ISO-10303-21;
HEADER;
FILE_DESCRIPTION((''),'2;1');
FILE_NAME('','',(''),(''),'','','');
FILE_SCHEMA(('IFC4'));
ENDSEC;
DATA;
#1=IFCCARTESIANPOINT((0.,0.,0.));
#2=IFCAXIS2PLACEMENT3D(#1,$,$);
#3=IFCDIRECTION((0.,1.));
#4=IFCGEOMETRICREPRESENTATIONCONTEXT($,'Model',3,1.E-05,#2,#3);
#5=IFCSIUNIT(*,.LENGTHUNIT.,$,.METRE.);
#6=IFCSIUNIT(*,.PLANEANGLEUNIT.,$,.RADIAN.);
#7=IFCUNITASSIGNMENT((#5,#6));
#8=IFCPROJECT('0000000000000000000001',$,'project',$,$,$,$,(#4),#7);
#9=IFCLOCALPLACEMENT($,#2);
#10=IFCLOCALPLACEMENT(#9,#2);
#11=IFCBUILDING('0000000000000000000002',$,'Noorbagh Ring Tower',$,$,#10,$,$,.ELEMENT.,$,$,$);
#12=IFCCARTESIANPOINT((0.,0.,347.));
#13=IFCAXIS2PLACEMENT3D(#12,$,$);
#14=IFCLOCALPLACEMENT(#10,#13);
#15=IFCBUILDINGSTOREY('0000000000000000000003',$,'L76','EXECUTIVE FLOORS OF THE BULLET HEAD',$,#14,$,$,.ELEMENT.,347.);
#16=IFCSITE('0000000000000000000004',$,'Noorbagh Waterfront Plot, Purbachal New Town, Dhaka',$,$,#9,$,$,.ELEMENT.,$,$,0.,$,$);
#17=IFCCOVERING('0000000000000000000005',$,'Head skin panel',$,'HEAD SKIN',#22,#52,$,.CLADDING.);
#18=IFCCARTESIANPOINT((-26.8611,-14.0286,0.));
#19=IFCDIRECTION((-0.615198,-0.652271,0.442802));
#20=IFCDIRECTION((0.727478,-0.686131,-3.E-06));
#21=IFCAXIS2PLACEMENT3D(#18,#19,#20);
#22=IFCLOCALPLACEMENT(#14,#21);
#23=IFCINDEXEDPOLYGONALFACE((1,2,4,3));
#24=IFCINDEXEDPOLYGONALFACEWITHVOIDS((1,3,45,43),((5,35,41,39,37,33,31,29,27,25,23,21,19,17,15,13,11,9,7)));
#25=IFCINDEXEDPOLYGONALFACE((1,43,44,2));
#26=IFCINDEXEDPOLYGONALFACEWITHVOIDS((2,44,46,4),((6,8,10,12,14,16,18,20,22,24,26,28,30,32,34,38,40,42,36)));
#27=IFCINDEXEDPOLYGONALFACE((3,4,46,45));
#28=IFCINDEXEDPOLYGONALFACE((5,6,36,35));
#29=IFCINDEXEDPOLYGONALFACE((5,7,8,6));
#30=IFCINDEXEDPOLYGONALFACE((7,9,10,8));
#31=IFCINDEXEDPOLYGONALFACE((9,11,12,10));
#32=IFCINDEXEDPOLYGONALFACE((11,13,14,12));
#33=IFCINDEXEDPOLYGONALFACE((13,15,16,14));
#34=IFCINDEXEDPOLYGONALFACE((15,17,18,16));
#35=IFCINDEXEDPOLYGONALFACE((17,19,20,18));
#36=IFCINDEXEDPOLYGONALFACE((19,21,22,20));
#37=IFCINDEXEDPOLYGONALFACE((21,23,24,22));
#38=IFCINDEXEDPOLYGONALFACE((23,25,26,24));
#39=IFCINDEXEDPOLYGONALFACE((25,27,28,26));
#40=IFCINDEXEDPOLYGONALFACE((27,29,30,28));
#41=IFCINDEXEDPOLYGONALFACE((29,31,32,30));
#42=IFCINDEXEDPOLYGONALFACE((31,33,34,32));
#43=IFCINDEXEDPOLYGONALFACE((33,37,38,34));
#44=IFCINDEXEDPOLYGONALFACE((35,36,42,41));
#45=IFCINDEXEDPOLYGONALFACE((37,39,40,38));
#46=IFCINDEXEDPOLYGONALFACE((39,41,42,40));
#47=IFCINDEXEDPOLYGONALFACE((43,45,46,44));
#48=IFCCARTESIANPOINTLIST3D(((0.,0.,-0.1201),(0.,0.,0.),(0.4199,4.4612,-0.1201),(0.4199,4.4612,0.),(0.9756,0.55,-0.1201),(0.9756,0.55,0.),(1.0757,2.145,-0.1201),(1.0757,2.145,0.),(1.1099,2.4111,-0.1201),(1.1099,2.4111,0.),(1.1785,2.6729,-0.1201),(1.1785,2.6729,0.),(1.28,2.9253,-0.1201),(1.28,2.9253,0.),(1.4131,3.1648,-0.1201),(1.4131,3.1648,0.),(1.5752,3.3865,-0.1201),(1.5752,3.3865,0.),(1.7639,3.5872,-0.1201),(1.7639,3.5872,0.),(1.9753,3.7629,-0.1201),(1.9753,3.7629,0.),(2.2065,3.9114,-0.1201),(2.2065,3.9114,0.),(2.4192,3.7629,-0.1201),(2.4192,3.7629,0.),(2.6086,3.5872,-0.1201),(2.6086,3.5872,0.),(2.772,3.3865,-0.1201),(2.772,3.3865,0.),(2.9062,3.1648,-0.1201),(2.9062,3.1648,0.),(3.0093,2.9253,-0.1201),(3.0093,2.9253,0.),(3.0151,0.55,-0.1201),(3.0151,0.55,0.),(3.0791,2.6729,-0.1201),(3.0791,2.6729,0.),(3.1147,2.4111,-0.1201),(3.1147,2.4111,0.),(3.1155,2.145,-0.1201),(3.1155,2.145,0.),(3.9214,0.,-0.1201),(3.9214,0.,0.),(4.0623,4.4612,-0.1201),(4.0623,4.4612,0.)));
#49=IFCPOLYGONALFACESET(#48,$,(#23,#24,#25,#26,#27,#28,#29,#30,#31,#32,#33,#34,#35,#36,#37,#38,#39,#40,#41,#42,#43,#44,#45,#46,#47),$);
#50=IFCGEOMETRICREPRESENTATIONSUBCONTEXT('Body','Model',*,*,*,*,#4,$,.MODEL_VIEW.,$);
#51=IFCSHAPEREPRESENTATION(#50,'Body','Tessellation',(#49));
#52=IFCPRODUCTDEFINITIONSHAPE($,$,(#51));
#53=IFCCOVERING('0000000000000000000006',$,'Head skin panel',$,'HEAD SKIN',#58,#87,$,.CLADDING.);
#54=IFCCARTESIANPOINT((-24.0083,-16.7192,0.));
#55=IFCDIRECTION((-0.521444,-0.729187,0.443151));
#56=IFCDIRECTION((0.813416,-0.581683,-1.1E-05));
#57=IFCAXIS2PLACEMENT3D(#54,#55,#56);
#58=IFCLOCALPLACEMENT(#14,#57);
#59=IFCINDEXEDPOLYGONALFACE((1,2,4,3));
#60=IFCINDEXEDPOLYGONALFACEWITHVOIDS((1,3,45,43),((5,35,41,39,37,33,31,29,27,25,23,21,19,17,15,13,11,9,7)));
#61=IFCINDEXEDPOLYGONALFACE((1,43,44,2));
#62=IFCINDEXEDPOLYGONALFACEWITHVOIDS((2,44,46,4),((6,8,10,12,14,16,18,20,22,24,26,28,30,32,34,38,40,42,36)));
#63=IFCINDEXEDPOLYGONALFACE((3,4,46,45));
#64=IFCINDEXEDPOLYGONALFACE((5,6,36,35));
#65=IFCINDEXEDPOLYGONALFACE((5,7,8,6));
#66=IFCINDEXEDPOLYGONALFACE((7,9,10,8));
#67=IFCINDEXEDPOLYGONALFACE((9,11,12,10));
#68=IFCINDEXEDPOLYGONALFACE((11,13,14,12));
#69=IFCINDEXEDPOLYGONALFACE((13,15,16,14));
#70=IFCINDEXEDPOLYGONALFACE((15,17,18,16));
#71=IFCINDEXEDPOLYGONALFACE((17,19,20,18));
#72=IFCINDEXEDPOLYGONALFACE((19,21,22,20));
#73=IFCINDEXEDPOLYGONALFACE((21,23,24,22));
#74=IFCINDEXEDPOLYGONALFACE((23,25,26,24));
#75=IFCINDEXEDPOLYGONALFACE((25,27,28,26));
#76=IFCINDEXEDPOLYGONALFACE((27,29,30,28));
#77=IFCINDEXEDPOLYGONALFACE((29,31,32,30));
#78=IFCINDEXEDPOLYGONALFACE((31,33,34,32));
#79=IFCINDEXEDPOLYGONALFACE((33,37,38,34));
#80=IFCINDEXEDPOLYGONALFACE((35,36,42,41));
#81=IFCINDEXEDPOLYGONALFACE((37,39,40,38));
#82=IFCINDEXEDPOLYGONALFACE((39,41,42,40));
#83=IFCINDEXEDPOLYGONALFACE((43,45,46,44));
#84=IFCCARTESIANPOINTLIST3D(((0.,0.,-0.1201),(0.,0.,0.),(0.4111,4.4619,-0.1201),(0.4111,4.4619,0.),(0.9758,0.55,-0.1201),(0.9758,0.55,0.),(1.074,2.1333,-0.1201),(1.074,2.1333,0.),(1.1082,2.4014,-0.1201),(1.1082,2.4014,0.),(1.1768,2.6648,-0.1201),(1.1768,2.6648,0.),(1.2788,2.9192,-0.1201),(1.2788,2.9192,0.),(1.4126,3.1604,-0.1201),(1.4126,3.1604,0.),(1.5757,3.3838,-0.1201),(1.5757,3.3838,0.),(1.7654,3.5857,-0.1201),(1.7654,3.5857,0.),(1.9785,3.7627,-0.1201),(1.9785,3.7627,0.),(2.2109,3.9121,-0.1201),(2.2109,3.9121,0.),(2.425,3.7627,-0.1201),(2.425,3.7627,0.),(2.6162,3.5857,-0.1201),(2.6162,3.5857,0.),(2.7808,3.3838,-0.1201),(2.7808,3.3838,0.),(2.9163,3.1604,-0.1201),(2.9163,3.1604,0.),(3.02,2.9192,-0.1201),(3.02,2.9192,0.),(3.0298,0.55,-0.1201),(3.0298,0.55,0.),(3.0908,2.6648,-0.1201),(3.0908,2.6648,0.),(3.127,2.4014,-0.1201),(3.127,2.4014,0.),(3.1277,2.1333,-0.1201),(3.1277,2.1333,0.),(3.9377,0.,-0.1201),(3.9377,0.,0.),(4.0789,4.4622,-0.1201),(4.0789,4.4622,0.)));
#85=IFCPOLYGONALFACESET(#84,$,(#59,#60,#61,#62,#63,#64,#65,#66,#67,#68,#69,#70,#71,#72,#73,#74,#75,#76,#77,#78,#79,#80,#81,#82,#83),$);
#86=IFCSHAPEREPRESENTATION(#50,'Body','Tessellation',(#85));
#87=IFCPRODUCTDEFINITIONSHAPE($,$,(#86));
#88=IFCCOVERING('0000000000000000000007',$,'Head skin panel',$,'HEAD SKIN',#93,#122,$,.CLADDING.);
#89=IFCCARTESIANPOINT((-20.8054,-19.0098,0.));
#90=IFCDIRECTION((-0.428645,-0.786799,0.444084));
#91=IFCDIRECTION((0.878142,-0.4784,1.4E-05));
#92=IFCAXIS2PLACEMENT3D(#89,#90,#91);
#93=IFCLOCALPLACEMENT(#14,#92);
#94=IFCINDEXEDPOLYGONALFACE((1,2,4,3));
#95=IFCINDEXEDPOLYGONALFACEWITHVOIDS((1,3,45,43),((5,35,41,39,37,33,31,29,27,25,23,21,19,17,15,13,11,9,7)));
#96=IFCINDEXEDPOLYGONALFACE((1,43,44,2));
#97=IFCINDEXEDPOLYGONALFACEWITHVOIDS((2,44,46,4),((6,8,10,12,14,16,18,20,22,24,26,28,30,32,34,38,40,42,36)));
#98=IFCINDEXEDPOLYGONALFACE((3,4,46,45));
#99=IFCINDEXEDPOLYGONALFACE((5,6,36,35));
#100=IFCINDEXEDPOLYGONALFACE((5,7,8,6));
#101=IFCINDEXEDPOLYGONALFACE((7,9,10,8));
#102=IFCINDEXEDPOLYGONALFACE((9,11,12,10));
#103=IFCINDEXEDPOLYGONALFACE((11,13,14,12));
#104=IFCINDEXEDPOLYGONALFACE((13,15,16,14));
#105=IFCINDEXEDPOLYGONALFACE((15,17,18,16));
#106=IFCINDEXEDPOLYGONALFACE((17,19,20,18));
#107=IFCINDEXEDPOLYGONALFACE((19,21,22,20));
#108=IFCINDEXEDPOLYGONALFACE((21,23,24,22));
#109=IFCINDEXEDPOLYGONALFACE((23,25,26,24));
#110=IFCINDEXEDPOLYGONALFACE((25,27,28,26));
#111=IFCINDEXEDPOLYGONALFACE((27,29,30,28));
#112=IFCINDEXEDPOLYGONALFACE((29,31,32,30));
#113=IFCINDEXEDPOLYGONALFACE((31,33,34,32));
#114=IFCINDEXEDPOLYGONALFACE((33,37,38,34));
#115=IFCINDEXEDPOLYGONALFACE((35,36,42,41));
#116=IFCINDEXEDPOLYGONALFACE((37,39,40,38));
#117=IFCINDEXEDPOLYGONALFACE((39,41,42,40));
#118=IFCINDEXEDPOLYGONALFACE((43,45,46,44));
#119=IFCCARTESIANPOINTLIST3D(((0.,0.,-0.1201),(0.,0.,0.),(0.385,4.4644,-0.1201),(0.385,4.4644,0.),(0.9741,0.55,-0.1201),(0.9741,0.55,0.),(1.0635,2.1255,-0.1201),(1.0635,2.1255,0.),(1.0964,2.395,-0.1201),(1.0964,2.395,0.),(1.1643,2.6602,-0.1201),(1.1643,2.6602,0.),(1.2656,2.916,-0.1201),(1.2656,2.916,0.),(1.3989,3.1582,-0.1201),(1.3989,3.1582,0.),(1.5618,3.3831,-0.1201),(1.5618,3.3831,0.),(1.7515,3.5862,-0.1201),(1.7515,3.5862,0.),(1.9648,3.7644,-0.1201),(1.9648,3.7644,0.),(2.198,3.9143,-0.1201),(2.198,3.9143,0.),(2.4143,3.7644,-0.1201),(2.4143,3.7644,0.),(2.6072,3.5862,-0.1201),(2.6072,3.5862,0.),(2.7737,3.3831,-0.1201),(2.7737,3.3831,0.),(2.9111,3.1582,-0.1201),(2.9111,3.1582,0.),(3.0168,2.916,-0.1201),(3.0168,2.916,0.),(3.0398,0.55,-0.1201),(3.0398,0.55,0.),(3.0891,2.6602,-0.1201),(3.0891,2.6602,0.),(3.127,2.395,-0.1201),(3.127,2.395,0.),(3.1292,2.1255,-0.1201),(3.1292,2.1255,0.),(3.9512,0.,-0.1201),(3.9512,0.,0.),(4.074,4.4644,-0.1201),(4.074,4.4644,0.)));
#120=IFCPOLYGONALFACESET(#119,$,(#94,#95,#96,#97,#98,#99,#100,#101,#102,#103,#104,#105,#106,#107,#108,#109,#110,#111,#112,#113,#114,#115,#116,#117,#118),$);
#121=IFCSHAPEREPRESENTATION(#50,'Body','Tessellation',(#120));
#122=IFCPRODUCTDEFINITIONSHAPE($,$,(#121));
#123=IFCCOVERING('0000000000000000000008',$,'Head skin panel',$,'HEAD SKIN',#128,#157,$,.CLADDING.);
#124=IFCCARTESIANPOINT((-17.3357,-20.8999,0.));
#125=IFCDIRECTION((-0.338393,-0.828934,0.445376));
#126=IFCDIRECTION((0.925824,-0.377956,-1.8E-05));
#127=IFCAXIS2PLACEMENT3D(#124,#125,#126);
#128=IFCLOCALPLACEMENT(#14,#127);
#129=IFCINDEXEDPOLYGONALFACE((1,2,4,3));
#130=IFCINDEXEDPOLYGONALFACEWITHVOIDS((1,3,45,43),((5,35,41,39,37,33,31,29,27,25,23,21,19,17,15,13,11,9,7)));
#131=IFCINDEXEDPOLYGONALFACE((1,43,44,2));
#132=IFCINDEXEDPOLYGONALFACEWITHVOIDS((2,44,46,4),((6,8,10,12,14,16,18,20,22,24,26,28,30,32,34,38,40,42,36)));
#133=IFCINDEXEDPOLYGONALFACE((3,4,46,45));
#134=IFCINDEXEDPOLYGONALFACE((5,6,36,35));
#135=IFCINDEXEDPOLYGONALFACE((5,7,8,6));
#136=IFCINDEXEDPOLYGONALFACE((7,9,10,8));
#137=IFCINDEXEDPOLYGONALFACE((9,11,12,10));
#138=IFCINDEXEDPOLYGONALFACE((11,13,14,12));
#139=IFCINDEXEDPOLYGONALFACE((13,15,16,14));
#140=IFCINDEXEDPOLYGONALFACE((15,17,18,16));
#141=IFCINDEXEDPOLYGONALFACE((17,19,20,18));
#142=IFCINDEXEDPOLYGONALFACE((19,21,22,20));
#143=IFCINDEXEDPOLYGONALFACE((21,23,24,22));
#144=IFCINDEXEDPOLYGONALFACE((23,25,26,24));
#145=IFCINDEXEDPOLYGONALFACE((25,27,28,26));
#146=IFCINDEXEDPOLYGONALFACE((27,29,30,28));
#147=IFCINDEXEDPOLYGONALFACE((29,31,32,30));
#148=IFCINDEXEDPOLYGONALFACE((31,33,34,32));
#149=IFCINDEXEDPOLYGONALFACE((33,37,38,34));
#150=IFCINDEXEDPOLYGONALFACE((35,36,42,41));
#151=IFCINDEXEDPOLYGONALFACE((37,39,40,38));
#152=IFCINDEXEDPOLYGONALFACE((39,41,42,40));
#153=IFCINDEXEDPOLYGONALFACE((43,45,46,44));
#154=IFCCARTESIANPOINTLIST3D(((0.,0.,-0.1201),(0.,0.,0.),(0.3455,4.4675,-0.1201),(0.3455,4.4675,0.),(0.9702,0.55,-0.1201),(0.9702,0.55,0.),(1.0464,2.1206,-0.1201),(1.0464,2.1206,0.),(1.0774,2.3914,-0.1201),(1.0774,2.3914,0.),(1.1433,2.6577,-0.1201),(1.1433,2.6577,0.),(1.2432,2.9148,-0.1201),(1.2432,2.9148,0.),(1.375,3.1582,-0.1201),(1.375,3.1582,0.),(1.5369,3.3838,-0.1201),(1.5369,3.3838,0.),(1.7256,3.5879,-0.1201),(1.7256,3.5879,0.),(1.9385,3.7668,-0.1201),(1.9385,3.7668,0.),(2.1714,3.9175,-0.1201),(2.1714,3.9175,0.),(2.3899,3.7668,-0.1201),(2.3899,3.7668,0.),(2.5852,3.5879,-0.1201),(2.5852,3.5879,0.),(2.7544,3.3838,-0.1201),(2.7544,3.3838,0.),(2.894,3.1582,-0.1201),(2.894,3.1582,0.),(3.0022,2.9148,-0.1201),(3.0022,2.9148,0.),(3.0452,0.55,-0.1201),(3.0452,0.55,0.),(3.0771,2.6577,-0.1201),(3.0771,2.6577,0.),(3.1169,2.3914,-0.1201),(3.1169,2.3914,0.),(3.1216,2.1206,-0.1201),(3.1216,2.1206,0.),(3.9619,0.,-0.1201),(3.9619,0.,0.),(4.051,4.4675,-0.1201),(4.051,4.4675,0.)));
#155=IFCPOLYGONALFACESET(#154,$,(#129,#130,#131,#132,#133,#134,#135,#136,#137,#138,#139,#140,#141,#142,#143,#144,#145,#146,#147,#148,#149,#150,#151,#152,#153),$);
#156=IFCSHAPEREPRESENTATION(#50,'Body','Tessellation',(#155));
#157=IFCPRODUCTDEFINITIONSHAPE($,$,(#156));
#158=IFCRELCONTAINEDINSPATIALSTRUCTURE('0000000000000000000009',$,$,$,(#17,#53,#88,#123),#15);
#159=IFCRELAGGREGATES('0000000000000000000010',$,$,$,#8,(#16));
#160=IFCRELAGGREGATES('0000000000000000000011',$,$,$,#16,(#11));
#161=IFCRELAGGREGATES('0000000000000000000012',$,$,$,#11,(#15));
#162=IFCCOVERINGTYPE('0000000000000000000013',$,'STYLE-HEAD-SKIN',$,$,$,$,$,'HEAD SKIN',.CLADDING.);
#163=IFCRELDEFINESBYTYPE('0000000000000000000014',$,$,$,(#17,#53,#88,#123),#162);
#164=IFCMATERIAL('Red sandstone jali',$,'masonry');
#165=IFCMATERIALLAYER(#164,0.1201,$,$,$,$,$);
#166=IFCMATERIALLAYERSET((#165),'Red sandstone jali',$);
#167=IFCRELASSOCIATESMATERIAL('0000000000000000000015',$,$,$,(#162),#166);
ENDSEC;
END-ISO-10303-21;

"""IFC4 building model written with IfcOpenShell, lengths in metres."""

from ifc_helpers import new_model, si_unit, direction, frame, origin, place, context, subcontext, project, spatial, polyline, outline, extrude, material, layer, layer_set, type_object, element, save


model = new_model("IFC4")

# Units and contexts
model_context = context("Model", 3, precision=1e-05, world=origin(), true_north=direction((0.0, 1.0)))
body_context = subcontext(model_context, "Body", "Model", "MODEL_VIEW")
ifc_project = project(units=[si_unit("LENGTHUNIT", "METRE"), si_unit("PLANEANGLEUNIT", "RADIAN")], contexts=[model_context])

# Site, building, storey
site_placement = place(None, origin())
site = spatial("IfcSite", under=ifc_project, at=site_placement, Name="Noorbagh Waterfront Plot, Purbachal New Town, Dhaka", CompositionType="ELEMENT", RefElevation=0.0)
building_placement = place(site_placement, origin())
building = spatial("IfcBuilding", under=site, at=building_placement, Name="Noorbagh Ring Tower", CompositionType="ELEMENT")
storey_placement = place(building_placement, frame((0.0, 0.0, 347.0)))
storey = spatial("IfcBuildingStorey", under=building, at=storey_placement, Name="L76", Description="EXECUTIVE FLOORS OF THE BULLET HEAD", CompositionType="ELEMENT", Elevation=347.0)

# Coverings
ifc_material_1 = material(Name="Red sandstone jali", Category="masonry")
ifc_layer_1 = layer(ifc_material_1, 0.1201)
ifc_layer_set_1 = layer_set([ifc_layer_1], Name="Red sandstone jali")
covering_type_1 = type_object("IfcCoveringType", Name="STYLE-HEAD-SKIN", ElementType="HEAD SKIN", PredefinedType="CLADDING", material=ifc_layer_set_1)
covering_1_placement = place(storey_placement, frame((-26.8611, -14.0286, 0.0), z_axis=(-0.615198, -0.652271, 0.442802), x_axis=(0.727478, -0.686131, -0.000003)))
element("IfcCovering", 1, at=covering_1_placement, inside=storey, type_object=covering_type_1, Name="Head skin panel", ObjectType="HEAD SKIN", PredefinedType="CLADDING", context=body_context, shape_type="SweptSolid", body=[
    extrude(outline(polyline([(0.0, 0.0), (3.9214, 0.0), (4.0623, 4.4612), (0.4199, 4.4612), (0.0, 0.0)]), holes=[polyline([(0.9756, 0.55), (1.0757, 2.145), (1.1099, 2.4111), (1.1785, 2.6729), (1.28, 2.9253), (1.4131, 3.1648), (1.5752, 3.3865), (1.7639, 3.5872), (1.9753, 3.7629), (2.2065, 3.9114), (2.4192, 3.7629), (2.6086, 3.5872), (2.772, 3.3865), (2.9062, 3.1648), (3.0093, 2.9253), (3.0791, 2.6729), (3.1147, 2.4111), (3.1155, 2.145), (3.0151, 0.55), (0.9756, 0.55)])]), origin(), (0.0, 0.0, -1.0), 0.1201),
])
covering_2_placement = place(storey_placement, frame((-24.0083, -16.7192, 0.0), z_axis=(-0.521444, -0.729187, 0.443151), x_axis=(0.813416, -0.581683, -0.000011)))
element("IfcCovering", 2, at=covering_2_placement, inside=storey, type_object=covering_type_1, Name="Head skin panel", ObjectType="HEAD SKIN", PredefinedType="CLADDING", context=body_context, shape_type="SweptSolid", body=[
    extrude(outline(polyline([(0.0, 0.0), (3.9377, 0.0), (4.0789, 4.4622), (0.4111, 4.4619), (0.0, 0.0)]), holes=[polyline([(0.9758, 0.55), (1.074, 2.1333), (1.1082, 2.4014), (1.1768, 2.6648), (1.2788, 2.9192), (1.4126, 3.1604), (1.5757, 3.3838), (1.7654, 3.5857), (1.9785, 3.7627), (2.2109, 3.9121), (2.425, 3.7627), (2.6162, 3.5857), (2.7808, 3.3838), (2.9163, 3.1604), (3.02, 2.9192), (3.0908, 2.6648), (3.127, 2.4014), (3.1277, 2.1333), (3.0298, 0.55), (0.9758, 0.55)])]), origin(), (0.0, 0.0, -1.0), 0.1201),
])
covering_3_placement = place(storey_placement, frame((-20.8054, -19.0098, 0.0), z_axis=(-0.428645, -0.786799, 0.444084), x_axis=(0.878142, -0.4784, 0.000014)))
element("IfcCovering", 3, at=covering_3_placement, inside=storey, type_object=covering_type_1, Name="Head skin panel", ObjectType="HEAD SKIN", PredefinedType="CLADDING", context=body_context, shape_type="SweptSolid", body=[
    extrude(outline(polyline([(0.0, 0.0), (3.9512, 0.0), (4.074, 4.4644), (0.385, 4.4644), (0.0, 0.0)]), holes=[polyline([(0.9741, 0.55), (1.0635, 2.1255), (1.0964, 2.395), (1.1643, 2.6602), (1.2656, 2.916), (1.3989, 3.1582), (1.5618, 3.3831), (1.7515, 3.5862), (1.9648, 3.7644), (2.198, 3.9143), (2.4143, 3.7644), (2.6072, 3.5862), (2.7737, 3.3831), (2.9111, 3.1582), (3.0168, 2.916), (3.0891, 2.6602), (3.127, 2.395), (3.1292, 2.1255), (3.0398, 0.55), (0.9741, 0.55)])]), origin(), (0.0, 0.0, -1.0), 0.1201),
])
covering_4_placement = place(storey_placement, frame((-17.3357, -20.8999, 0.0), z_axis=(-0.338393, -0.828934, 0.445376), x_axis=(0.925824, -0.377956, -0.000018)))
element("IfcCovering", 4, at=covering_4_placement, inside=storey, type_object=covering_type_1, Name="Head skin panel", ObjectType="HEAD SKIN", PredefinedType="CLADDING", context=body_context, shape_type="SweptSolid", body=[
    extrude(outline(polyline([(0.0, 0.0), (3.9619, 0.0), (4.051, 4.4675), (0.3455, 4.4675), (0.0, 0.0)]), holes=[polyline([(0.9702, 0.55), (1.0464, 2.1206), (1.0774, 2.3914), (1.1433, 2.6577), (1.2432, 2.9148), (1.375, 3.1582), (1.5369, 3.3838), (1.7256, 3.5879), (1.9385, 3.7668), (2.1714, 3.9175), (2.3899, 3.7668), (2.5852, 3.5879), (2.7544, 3.3838), (2.894, 3.1582), (3.0022, 2.9148), (3.0771, 2.6577), (3.1169, 2.3914), (3.1216, 2.1206), (3.0452, 0.55), (0.9702, 0.55)])]), origin(), (0.0, 0.0, -1.0), 0.1201),
])

save(model, "model.ifc")
